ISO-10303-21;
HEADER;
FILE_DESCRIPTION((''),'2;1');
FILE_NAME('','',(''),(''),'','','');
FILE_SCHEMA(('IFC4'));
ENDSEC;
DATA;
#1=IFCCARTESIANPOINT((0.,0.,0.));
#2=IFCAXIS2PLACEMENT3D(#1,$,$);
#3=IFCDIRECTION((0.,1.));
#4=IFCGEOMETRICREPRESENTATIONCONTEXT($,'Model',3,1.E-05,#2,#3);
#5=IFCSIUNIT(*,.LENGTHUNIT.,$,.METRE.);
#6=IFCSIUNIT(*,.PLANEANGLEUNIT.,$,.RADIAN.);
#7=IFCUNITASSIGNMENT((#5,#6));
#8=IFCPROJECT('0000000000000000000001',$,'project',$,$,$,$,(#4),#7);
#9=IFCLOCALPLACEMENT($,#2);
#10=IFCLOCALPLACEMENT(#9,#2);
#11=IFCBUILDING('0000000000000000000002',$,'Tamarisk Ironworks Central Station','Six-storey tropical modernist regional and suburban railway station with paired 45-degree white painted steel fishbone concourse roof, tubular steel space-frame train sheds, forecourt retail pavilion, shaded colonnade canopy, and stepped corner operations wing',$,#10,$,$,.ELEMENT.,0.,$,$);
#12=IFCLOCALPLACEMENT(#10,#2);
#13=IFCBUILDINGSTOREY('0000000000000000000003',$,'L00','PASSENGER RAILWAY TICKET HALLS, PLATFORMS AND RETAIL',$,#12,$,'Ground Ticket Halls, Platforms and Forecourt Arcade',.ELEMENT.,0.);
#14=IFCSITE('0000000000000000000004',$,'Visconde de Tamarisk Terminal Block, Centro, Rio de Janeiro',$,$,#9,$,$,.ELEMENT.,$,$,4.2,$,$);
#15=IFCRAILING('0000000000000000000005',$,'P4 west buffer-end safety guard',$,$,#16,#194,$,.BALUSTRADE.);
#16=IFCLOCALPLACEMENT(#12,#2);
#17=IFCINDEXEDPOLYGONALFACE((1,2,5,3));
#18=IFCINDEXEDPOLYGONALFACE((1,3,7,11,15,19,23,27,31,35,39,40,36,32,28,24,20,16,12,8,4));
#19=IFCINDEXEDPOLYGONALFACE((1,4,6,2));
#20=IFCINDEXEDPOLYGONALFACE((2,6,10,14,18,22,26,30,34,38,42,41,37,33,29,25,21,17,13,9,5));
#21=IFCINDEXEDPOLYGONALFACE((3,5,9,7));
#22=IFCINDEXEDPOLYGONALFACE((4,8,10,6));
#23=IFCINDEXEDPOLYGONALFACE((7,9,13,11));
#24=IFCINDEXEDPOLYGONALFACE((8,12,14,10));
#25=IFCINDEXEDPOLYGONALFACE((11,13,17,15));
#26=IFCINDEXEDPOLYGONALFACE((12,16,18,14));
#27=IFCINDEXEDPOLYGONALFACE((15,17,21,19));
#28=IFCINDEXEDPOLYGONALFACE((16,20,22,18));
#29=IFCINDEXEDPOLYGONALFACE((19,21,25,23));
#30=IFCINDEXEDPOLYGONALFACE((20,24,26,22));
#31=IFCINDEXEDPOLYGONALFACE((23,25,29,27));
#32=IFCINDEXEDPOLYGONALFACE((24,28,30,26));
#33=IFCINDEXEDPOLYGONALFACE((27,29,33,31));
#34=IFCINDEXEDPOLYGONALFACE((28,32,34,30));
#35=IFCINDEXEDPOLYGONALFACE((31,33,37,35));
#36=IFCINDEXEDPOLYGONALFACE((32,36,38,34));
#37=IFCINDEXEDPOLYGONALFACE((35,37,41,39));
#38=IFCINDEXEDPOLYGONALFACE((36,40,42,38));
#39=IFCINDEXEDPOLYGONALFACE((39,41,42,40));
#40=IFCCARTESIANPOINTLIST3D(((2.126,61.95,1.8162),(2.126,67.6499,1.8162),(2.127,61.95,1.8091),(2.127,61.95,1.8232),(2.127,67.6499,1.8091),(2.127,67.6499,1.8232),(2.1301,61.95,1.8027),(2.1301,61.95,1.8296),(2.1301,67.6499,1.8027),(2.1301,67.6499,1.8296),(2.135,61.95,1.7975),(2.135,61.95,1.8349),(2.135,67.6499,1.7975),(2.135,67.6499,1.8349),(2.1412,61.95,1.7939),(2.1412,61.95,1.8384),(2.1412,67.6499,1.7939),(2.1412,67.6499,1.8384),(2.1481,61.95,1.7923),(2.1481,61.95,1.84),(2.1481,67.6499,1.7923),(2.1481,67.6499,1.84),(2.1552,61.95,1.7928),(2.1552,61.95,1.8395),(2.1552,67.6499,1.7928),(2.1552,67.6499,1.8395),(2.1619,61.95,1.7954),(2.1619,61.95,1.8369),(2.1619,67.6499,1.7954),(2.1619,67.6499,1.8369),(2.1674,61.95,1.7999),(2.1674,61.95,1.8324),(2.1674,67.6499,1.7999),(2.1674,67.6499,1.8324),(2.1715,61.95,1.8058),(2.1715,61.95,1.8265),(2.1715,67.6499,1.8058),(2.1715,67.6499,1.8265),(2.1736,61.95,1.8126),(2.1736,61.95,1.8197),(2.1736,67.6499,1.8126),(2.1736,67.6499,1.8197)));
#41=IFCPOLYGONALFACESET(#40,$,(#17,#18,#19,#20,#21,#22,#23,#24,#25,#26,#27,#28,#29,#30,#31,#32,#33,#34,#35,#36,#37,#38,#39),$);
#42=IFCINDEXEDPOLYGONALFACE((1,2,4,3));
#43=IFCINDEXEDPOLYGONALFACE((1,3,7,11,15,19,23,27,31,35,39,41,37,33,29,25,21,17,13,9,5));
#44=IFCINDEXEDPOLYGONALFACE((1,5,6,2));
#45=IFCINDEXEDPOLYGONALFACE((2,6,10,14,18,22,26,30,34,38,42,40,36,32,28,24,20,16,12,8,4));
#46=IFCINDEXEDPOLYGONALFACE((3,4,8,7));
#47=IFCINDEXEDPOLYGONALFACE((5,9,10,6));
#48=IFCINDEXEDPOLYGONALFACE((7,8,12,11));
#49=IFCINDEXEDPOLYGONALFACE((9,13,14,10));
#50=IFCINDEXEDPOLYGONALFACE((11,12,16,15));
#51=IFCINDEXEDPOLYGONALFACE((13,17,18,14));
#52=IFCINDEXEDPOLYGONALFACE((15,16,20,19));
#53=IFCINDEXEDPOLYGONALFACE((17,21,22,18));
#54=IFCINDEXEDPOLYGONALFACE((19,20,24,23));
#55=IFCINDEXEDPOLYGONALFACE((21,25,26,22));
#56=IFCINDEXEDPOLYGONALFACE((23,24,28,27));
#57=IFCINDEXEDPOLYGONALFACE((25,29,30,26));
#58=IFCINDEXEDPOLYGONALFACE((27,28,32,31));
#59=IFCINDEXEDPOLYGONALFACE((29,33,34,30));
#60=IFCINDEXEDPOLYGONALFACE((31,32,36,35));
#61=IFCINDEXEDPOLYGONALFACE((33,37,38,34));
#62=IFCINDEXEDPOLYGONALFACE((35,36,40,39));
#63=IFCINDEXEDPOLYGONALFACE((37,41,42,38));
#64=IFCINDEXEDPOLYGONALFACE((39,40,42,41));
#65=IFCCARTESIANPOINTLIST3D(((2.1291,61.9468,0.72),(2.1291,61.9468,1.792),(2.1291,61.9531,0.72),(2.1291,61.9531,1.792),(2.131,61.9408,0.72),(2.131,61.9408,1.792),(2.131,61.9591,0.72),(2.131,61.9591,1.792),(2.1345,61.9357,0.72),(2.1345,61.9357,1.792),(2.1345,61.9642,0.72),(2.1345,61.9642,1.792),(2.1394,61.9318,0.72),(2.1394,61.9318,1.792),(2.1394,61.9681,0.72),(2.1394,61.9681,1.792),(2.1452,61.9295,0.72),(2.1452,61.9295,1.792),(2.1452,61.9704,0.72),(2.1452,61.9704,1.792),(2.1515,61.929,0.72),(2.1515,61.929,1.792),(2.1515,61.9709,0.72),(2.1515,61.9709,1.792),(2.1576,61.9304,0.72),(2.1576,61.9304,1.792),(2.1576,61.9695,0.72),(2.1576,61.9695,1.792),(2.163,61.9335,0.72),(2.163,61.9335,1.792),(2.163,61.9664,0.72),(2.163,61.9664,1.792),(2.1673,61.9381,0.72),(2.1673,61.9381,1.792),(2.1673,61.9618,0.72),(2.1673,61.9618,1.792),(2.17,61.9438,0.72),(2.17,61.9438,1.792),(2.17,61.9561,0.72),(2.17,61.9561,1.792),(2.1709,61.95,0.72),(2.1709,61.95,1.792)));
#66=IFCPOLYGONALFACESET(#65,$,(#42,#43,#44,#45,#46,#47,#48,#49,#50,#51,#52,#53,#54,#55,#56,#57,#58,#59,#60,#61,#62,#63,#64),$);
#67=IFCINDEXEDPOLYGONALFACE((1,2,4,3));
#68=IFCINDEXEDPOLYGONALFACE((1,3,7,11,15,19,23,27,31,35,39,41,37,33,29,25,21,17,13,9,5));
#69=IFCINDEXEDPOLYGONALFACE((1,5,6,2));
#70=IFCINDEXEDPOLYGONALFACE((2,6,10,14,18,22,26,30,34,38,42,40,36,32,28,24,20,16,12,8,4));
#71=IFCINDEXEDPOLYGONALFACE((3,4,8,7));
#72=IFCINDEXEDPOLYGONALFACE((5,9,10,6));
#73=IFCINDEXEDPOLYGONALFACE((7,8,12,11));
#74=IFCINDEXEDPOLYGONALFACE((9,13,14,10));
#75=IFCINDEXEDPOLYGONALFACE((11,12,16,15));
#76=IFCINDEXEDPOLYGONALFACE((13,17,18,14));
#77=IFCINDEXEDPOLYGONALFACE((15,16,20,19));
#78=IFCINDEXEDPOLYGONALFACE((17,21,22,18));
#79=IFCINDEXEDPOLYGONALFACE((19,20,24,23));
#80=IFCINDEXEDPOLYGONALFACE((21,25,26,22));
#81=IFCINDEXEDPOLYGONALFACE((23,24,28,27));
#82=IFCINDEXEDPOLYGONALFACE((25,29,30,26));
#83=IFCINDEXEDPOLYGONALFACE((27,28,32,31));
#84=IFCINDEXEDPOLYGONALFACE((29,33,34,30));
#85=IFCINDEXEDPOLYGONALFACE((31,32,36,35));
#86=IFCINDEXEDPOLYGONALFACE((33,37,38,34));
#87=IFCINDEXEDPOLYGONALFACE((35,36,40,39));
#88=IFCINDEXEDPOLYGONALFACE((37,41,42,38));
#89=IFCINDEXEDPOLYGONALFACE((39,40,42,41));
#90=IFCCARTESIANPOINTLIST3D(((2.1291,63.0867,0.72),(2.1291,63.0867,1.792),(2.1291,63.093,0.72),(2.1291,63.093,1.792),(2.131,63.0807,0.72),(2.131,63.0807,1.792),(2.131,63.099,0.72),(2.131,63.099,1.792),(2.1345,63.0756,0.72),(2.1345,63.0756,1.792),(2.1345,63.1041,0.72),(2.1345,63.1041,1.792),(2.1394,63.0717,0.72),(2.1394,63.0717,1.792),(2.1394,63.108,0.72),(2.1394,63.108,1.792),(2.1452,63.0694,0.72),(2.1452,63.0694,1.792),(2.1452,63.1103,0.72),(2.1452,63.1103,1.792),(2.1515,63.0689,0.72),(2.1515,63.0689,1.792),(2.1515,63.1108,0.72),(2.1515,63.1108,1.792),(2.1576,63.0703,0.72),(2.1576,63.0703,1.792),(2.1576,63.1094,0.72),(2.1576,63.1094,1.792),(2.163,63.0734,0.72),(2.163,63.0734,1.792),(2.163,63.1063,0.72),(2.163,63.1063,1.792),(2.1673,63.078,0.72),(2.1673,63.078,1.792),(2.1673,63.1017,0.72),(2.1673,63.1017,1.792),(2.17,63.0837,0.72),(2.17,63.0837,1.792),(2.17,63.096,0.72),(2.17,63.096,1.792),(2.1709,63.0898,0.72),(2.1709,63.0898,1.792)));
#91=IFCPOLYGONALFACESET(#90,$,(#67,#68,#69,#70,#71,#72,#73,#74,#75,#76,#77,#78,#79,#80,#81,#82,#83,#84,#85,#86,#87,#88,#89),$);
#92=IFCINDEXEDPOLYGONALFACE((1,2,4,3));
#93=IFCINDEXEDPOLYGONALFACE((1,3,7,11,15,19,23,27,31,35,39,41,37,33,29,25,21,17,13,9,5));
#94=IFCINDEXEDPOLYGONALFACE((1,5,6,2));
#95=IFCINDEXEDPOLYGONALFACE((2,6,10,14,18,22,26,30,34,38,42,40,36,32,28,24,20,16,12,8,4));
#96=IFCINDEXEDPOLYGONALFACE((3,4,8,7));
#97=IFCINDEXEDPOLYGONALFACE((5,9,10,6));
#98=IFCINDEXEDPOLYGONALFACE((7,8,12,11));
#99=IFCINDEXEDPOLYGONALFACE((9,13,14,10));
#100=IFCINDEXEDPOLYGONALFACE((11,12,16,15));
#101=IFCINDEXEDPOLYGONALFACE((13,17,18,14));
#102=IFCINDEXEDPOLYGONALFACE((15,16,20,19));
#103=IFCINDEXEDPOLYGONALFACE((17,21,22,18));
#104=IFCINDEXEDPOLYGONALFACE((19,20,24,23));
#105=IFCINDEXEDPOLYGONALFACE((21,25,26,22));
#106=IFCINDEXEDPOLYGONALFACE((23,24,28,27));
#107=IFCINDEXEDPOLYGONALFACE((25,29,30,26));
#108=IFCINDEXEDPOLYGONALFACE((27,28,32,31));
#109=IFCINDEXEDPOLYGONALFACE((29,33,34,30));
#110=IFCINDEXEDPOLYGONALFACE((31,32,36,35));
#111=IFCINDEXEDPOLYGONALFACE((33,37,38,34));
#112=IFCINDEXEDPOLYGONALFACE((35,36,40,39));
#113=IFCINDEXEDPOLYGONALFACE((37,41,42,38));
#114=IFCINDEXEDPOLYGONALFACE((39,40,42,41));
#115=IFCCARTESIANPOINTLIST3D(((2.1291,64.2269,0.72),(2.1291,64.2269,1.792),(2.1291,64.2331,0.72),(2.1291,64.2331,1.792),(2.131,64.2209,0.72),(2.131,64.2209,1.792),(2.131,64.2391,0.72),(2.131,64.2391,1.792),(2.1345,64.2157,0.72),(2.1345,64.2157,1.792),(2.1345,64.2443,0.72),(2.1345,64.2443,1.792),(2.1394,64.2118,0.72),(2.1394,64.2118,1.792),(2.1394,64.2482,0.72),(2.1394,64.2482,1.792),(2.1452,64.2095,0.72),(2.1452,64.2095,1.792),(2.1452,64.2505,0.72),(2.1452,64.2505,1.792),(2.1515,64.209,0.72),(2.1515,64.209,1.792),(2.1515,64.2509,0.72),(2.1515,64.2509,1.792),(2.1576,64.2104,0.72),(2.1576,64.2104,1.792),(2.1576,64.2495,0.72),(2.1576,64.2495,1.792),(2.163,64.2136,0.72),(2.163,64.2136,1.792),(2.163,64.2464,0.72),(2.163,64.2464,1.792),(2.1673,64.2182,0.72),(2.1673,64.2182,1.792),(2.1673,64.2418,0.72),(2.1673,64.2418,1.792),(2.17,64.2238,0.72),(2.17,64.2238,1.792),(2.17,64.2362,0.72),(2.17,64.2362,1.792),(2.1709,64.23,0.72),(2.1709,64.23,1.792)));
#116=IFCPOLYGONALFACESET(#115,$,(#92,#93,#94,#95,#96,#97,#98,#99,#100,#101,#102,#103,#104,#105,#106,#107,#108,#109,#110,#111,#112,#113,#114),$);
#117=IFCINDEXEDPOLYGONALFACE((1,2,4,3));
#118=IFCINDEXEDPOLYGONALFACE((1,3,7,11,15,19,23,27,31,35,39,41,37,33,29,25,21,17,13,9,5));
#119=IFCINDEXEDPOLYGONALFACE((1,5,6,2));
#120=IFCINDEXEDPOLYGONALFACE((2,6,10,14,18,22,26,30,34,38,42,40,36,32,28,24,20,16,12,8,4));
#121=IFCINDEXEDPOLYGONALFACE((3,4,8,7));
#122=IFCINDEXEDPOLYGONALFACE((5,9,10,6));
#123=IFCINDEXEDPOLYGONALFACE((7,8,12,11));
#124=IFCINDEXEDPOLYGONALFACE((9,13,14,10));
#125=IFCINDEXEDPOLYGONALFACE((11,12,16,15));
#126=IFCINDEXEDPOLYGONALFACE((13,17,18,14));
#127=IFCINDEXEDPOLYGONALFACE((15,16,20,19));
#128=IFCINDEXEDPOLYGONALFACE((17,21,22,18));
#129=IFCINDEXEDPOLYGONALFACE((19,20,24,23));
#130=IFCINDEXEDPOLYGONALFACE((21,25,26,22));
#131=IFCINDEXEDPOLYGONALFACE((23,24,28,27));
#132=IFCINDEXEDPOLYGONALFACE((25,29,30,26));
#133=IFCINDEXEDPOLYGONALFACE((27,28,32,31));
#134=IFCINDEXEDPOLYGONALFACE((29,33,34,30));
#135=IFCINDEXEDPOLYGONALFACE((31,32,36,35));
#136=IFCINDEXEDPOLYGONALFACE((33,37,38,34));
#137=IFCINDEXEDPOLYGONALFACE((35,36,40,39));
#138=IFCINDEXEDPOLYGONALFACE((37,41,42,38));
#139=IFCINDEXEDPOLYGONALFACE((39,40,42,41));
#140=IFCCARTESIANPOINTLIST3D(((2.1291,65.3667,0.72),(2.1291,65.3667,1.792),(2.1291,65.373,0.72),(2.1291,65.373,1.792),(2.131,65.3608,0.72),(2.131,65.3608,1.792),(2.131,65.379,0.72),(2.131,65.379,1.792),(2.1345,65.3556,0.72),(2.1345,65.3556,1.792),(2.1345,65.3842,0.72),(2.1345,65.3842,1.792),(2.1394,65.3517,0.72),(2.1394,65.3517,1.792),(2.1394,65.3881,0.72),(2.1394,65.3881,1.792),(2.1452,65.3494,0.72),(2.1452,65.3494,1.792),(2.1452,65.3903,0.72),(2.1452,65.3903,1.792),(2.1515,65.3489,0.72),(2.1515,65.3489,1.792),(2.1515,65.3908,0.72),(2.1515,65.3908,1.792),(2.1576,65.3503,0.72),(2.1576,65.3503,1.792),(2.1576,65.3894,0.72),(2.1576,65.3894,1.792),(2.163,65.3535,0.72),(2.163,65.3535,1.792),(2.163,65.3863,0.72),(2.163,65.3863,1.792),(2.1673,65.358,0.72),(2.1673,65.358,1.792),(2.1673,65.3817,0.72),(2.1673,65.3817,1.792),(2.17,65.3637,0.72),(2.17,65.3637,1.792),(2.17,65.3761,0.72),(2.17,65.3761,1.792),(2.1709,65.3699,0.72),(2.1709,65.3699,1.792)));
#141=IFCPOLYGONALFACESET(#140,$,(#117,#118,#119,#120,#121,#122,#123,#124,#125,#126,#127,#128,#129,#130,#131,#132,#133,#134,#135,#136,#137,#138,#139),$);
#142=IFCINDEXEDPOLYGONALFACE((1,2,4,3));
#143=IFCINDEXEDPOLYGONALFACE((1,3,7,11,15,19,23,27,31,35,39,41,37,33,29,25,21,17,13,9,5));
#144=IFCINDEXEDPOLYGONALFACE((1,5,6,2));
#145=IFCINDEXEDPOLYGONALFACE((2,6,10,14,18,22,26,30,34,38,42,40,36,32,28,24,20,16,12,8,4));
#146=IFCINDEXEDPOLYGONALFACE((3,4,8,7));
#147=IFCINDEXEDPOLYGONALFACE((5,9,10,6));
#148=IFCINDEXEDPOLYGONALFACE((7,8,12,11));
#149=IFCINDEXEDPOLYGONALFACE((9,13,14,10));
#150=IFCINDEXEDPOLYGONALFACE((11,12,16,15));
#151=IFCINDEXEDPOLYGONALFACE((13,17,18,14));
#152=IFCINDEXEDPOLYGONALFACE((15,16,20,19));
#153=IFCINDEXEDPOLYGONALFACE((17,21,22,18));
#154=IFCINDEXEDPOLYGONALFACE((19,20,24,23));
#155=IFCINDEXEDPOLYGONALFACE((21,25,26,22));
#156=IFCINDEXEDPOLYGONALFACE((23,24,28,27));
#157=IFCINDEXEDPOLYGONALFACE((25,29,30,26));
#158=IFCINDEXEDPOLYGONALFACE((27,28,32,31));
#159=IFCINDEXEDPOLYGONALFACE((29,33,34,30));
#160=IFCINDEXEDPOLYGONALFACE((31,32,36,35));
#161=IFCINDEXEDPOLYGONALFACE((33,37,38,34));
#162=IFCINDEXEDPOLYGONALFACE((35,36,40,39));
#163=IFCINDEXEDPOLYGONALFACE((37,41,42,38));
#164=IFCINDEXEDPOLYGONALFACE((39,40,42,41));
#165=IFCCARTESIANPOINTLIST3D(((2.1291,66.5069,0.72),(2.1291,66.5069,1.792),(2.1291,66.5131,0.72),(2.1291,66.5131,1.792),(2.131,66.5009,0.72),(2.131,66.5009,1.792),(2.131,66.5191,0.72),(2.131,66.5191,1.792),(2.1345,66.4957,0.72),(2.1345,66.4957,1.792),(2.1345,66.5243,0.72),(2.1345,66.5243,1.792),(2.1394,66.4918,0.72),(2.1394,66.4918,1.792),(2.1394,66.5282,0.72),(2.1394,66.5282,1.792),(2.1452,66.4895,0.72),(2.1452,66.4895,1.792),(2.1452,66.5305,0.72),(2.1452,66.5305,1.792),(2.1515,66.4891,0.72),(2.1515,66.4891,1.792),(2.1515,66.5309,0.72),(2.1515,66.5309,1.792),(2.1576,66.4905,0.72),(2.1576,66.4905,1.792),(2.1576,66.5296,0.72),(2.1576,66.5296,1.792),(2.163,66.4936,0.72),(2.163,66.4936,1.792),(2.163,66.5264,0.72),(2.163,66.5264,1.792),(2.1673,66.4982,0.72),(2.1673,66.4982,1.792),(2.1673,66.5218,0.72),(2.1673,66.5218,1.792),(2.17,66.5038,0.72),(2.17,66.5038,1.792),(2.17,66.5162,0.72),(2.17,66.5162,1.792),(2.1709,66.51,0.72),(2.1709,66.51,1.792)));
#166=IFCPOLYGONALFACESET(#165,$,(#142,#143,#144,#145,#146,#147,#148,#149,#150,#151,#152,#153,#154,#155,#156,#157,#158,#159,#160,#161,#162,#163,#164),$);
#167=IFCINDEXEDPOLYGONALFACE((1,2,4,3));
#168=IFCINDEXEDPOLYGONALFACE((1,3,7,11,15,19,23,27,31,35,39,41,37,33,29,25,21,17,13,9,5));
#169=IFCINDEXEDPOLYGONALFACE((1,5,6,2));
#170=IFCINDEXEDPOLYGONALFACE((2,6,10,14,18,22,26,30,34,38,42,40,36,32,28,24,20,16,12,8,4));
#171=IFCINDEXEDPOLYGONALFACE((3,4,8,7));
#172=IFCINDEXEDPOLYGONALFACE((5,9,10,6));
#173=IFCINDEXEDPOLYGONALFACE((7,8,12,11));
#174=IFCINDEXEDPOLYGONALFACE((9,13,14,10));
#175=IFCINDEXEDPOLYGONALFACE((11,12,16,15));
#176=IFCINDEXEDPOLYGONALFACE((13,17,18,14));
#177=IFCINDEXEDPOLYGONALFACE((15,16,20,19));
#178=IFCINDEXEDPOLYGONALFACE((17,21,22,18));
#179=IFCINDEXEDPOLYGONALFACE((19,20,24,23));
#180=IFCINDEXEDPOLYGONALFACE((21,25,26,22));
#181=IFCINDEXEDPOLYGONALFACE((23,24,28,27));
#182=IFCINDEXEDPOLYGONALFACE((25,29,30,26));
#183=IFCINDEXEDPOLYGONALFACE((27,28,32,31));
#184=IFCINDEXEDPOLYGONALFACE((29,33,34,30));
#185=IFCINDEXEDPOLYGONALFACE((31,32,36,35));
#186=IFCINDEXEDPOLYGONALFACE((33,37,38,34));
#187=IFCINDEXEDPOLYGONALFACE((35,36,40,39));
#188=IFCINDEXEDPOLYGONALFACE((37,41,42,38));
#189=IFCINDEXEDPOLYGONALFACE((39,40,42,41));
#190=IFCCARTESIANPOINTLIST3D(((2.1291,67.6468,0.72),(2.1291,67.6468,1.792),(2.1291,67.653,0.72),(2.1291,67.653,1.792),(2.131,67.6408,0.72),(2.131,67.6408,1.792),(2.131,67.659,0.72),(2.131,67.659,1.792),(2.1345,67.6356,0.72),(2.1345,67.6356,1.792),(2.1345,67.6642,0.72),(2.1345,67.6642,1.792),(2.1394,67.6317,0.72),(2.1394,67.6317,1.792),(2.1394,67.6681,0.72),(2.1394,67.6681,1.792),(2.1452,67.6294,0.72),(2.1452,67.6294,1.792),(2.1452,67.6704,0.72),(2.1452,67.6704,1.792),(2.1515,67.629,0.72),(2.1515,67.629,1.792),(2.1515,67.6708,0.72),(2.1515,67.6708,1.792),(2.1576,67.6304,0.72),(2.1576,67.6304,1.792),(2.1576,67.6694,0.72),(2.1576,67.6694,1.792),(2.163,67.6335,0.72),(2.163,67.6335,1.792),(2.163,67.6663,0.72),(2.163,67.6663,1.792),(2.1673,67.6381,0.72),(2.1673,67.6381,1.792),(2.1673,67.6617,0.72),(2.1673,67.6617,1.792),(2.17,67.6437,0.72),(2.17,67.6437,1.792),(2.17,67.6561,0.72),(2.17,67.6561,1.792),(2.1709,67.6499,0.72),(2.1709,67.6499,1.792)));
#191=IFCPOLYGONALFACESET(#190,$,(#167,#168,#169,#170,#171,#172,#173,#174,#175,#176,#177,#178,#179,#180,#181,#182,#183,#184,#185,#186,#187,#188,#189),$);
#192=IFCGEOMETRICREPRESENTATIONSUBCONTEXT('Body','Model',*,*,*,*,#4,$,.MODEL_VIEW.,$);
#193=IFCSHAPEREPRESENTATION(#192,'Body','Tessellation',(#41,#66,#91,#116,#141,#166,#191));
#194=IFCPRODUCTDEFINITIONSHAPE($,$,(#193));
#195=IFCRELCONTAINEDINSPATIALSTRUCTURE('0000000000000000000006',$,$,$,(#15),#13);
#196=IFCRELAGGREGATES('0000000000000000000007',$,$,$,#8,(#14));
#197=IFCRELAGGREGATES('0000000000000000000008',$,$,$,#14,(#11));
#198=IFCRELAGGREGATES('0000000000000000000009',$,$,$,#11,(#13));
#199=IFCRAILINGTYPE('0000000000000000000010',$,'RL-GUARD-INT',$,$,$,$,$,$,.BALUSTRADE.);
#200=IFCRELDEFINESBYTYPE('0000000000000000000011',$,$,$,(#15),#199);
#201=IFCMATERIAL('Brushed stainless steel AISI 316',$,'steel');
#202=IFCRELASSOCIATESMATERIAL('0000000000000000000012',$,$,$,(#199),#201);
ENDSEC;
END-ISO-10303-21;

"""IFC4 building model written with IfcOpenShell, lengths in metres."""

from ifc_helpers import new_model, si_unit, direction, frame, origin, origin_2d, place, context, subcontext, project, spatial, circle, extrude, material, type_object, element, save


model = new_model("IFC4")

# Units and contexts
model_context = context("Model", 3, precision=1e-05, world=origin(), true_north=direction((0.0, 1.0)))
body_context = subcontext(model_context, "Body", "Model", "MODEL_VIEW")
ifc_project = project(units=[si_unit("LENGTHUNIT", "METRE"), si_unit("PLANEANGLEUNIT", "RADIAN")], contexts=[model_context])

# Site, building, storey
site_placement = place(None, origin())
site = spatial("IfcSite", under=ifc_project, at=site_placement, Name="Visconde de Tamarisk Terminal Block, Centro, Rio de Janeiro", CompositionType="ELEMENT", RefElevation=4.2)
building_placement = place(site_placement, origin())
building = spatial("IfcBuilding", under=site, at=building_placement, Name="Tamarisk Ironworks Central Station", Description="Six-storey tropical modernist regional and suburban railway station with paired 45-degree white painted steel fishbone concourse roof, tubular steel space-frame train sheds, forecourt retail pavilion, shaded colonnade canopy, and stepped corner operations wing", CompositionType="ELEMENT", ElevationOfRefHeight=0.0)
storey_placement = place(building_placement, origin())
storey = spatial("IfcBuildingStorey", under=building, at=storey_placement, Name="L00", Description="PASSENGER RAILWAY TICKET HALLS, PLATFORMS AND RETAIL", LongName="Ground Ticket Halls, Platforms and Forecourt Arcade", CompositionType="ELEMENT", Elevation=0.0)

# Railing
ifc_material_1 = material(Name="Brushed stainless steel AISI 316", Category="steel")
railing_type = type_object("IfcRailingType", Name="RL-GUARD-INT", PredefinedType="BALUSTRADE", material=ifc_material_1)
railing_placement = place(storey_placement, frame((2.1499, 61.95, 0.72)))
element("IfcRailing", 1, at=railing_placement, inside=storey, type_object=railing_type, Name="P4 west buffer-end safety guard", PredefinedType="BALUSTRADE", context=body_context, shape_type="SweptSolid", body=[
    extrude(circle(Radius=0.0239, at=origin_2d()), frame((0.0, 0.0, 1.0962), z_axis=(0.0, 1.0, 0.0), x_axis=(-1.0, 0.0, 0.0)), (0.0, 0.0, 1.0), 5.7),
    extrude(circle(Radius=0.021, at=origin_2d()), origin(), (0.0, 0.0, 1.0), 1.072),
    extrude(circle(Radius=0.021, at=origin_2d()), frame((0.0, 1.1399, 0.0)), (0.0, 0.0, 1.0), 1.072),
    extrude(circle(Radius=0.021, at=origin_2d()), frame((0.0, 2.28, 0.0)), (0.0, 0.0, 1.0), 1.072),
    extrude(circle(Radius=0.021, at=origin_2d()), frame((0.0, 3.4199, 0.0)), (0.0, 0.0, 1.0), 1.072),
    extrude(circle(Radius=0.021, at=origin_2d()), frame((0.0, 4.5601, 0.0)), (0.0, 0.0, 1.0), 1.072),
    extrude(circle(Radius=0.021, at=origin_2d()), frame((0.0, 5.7, 0.0)), (0.0, 0.0, 1.0), 1.072),
])

save(model, "model.ifc")
